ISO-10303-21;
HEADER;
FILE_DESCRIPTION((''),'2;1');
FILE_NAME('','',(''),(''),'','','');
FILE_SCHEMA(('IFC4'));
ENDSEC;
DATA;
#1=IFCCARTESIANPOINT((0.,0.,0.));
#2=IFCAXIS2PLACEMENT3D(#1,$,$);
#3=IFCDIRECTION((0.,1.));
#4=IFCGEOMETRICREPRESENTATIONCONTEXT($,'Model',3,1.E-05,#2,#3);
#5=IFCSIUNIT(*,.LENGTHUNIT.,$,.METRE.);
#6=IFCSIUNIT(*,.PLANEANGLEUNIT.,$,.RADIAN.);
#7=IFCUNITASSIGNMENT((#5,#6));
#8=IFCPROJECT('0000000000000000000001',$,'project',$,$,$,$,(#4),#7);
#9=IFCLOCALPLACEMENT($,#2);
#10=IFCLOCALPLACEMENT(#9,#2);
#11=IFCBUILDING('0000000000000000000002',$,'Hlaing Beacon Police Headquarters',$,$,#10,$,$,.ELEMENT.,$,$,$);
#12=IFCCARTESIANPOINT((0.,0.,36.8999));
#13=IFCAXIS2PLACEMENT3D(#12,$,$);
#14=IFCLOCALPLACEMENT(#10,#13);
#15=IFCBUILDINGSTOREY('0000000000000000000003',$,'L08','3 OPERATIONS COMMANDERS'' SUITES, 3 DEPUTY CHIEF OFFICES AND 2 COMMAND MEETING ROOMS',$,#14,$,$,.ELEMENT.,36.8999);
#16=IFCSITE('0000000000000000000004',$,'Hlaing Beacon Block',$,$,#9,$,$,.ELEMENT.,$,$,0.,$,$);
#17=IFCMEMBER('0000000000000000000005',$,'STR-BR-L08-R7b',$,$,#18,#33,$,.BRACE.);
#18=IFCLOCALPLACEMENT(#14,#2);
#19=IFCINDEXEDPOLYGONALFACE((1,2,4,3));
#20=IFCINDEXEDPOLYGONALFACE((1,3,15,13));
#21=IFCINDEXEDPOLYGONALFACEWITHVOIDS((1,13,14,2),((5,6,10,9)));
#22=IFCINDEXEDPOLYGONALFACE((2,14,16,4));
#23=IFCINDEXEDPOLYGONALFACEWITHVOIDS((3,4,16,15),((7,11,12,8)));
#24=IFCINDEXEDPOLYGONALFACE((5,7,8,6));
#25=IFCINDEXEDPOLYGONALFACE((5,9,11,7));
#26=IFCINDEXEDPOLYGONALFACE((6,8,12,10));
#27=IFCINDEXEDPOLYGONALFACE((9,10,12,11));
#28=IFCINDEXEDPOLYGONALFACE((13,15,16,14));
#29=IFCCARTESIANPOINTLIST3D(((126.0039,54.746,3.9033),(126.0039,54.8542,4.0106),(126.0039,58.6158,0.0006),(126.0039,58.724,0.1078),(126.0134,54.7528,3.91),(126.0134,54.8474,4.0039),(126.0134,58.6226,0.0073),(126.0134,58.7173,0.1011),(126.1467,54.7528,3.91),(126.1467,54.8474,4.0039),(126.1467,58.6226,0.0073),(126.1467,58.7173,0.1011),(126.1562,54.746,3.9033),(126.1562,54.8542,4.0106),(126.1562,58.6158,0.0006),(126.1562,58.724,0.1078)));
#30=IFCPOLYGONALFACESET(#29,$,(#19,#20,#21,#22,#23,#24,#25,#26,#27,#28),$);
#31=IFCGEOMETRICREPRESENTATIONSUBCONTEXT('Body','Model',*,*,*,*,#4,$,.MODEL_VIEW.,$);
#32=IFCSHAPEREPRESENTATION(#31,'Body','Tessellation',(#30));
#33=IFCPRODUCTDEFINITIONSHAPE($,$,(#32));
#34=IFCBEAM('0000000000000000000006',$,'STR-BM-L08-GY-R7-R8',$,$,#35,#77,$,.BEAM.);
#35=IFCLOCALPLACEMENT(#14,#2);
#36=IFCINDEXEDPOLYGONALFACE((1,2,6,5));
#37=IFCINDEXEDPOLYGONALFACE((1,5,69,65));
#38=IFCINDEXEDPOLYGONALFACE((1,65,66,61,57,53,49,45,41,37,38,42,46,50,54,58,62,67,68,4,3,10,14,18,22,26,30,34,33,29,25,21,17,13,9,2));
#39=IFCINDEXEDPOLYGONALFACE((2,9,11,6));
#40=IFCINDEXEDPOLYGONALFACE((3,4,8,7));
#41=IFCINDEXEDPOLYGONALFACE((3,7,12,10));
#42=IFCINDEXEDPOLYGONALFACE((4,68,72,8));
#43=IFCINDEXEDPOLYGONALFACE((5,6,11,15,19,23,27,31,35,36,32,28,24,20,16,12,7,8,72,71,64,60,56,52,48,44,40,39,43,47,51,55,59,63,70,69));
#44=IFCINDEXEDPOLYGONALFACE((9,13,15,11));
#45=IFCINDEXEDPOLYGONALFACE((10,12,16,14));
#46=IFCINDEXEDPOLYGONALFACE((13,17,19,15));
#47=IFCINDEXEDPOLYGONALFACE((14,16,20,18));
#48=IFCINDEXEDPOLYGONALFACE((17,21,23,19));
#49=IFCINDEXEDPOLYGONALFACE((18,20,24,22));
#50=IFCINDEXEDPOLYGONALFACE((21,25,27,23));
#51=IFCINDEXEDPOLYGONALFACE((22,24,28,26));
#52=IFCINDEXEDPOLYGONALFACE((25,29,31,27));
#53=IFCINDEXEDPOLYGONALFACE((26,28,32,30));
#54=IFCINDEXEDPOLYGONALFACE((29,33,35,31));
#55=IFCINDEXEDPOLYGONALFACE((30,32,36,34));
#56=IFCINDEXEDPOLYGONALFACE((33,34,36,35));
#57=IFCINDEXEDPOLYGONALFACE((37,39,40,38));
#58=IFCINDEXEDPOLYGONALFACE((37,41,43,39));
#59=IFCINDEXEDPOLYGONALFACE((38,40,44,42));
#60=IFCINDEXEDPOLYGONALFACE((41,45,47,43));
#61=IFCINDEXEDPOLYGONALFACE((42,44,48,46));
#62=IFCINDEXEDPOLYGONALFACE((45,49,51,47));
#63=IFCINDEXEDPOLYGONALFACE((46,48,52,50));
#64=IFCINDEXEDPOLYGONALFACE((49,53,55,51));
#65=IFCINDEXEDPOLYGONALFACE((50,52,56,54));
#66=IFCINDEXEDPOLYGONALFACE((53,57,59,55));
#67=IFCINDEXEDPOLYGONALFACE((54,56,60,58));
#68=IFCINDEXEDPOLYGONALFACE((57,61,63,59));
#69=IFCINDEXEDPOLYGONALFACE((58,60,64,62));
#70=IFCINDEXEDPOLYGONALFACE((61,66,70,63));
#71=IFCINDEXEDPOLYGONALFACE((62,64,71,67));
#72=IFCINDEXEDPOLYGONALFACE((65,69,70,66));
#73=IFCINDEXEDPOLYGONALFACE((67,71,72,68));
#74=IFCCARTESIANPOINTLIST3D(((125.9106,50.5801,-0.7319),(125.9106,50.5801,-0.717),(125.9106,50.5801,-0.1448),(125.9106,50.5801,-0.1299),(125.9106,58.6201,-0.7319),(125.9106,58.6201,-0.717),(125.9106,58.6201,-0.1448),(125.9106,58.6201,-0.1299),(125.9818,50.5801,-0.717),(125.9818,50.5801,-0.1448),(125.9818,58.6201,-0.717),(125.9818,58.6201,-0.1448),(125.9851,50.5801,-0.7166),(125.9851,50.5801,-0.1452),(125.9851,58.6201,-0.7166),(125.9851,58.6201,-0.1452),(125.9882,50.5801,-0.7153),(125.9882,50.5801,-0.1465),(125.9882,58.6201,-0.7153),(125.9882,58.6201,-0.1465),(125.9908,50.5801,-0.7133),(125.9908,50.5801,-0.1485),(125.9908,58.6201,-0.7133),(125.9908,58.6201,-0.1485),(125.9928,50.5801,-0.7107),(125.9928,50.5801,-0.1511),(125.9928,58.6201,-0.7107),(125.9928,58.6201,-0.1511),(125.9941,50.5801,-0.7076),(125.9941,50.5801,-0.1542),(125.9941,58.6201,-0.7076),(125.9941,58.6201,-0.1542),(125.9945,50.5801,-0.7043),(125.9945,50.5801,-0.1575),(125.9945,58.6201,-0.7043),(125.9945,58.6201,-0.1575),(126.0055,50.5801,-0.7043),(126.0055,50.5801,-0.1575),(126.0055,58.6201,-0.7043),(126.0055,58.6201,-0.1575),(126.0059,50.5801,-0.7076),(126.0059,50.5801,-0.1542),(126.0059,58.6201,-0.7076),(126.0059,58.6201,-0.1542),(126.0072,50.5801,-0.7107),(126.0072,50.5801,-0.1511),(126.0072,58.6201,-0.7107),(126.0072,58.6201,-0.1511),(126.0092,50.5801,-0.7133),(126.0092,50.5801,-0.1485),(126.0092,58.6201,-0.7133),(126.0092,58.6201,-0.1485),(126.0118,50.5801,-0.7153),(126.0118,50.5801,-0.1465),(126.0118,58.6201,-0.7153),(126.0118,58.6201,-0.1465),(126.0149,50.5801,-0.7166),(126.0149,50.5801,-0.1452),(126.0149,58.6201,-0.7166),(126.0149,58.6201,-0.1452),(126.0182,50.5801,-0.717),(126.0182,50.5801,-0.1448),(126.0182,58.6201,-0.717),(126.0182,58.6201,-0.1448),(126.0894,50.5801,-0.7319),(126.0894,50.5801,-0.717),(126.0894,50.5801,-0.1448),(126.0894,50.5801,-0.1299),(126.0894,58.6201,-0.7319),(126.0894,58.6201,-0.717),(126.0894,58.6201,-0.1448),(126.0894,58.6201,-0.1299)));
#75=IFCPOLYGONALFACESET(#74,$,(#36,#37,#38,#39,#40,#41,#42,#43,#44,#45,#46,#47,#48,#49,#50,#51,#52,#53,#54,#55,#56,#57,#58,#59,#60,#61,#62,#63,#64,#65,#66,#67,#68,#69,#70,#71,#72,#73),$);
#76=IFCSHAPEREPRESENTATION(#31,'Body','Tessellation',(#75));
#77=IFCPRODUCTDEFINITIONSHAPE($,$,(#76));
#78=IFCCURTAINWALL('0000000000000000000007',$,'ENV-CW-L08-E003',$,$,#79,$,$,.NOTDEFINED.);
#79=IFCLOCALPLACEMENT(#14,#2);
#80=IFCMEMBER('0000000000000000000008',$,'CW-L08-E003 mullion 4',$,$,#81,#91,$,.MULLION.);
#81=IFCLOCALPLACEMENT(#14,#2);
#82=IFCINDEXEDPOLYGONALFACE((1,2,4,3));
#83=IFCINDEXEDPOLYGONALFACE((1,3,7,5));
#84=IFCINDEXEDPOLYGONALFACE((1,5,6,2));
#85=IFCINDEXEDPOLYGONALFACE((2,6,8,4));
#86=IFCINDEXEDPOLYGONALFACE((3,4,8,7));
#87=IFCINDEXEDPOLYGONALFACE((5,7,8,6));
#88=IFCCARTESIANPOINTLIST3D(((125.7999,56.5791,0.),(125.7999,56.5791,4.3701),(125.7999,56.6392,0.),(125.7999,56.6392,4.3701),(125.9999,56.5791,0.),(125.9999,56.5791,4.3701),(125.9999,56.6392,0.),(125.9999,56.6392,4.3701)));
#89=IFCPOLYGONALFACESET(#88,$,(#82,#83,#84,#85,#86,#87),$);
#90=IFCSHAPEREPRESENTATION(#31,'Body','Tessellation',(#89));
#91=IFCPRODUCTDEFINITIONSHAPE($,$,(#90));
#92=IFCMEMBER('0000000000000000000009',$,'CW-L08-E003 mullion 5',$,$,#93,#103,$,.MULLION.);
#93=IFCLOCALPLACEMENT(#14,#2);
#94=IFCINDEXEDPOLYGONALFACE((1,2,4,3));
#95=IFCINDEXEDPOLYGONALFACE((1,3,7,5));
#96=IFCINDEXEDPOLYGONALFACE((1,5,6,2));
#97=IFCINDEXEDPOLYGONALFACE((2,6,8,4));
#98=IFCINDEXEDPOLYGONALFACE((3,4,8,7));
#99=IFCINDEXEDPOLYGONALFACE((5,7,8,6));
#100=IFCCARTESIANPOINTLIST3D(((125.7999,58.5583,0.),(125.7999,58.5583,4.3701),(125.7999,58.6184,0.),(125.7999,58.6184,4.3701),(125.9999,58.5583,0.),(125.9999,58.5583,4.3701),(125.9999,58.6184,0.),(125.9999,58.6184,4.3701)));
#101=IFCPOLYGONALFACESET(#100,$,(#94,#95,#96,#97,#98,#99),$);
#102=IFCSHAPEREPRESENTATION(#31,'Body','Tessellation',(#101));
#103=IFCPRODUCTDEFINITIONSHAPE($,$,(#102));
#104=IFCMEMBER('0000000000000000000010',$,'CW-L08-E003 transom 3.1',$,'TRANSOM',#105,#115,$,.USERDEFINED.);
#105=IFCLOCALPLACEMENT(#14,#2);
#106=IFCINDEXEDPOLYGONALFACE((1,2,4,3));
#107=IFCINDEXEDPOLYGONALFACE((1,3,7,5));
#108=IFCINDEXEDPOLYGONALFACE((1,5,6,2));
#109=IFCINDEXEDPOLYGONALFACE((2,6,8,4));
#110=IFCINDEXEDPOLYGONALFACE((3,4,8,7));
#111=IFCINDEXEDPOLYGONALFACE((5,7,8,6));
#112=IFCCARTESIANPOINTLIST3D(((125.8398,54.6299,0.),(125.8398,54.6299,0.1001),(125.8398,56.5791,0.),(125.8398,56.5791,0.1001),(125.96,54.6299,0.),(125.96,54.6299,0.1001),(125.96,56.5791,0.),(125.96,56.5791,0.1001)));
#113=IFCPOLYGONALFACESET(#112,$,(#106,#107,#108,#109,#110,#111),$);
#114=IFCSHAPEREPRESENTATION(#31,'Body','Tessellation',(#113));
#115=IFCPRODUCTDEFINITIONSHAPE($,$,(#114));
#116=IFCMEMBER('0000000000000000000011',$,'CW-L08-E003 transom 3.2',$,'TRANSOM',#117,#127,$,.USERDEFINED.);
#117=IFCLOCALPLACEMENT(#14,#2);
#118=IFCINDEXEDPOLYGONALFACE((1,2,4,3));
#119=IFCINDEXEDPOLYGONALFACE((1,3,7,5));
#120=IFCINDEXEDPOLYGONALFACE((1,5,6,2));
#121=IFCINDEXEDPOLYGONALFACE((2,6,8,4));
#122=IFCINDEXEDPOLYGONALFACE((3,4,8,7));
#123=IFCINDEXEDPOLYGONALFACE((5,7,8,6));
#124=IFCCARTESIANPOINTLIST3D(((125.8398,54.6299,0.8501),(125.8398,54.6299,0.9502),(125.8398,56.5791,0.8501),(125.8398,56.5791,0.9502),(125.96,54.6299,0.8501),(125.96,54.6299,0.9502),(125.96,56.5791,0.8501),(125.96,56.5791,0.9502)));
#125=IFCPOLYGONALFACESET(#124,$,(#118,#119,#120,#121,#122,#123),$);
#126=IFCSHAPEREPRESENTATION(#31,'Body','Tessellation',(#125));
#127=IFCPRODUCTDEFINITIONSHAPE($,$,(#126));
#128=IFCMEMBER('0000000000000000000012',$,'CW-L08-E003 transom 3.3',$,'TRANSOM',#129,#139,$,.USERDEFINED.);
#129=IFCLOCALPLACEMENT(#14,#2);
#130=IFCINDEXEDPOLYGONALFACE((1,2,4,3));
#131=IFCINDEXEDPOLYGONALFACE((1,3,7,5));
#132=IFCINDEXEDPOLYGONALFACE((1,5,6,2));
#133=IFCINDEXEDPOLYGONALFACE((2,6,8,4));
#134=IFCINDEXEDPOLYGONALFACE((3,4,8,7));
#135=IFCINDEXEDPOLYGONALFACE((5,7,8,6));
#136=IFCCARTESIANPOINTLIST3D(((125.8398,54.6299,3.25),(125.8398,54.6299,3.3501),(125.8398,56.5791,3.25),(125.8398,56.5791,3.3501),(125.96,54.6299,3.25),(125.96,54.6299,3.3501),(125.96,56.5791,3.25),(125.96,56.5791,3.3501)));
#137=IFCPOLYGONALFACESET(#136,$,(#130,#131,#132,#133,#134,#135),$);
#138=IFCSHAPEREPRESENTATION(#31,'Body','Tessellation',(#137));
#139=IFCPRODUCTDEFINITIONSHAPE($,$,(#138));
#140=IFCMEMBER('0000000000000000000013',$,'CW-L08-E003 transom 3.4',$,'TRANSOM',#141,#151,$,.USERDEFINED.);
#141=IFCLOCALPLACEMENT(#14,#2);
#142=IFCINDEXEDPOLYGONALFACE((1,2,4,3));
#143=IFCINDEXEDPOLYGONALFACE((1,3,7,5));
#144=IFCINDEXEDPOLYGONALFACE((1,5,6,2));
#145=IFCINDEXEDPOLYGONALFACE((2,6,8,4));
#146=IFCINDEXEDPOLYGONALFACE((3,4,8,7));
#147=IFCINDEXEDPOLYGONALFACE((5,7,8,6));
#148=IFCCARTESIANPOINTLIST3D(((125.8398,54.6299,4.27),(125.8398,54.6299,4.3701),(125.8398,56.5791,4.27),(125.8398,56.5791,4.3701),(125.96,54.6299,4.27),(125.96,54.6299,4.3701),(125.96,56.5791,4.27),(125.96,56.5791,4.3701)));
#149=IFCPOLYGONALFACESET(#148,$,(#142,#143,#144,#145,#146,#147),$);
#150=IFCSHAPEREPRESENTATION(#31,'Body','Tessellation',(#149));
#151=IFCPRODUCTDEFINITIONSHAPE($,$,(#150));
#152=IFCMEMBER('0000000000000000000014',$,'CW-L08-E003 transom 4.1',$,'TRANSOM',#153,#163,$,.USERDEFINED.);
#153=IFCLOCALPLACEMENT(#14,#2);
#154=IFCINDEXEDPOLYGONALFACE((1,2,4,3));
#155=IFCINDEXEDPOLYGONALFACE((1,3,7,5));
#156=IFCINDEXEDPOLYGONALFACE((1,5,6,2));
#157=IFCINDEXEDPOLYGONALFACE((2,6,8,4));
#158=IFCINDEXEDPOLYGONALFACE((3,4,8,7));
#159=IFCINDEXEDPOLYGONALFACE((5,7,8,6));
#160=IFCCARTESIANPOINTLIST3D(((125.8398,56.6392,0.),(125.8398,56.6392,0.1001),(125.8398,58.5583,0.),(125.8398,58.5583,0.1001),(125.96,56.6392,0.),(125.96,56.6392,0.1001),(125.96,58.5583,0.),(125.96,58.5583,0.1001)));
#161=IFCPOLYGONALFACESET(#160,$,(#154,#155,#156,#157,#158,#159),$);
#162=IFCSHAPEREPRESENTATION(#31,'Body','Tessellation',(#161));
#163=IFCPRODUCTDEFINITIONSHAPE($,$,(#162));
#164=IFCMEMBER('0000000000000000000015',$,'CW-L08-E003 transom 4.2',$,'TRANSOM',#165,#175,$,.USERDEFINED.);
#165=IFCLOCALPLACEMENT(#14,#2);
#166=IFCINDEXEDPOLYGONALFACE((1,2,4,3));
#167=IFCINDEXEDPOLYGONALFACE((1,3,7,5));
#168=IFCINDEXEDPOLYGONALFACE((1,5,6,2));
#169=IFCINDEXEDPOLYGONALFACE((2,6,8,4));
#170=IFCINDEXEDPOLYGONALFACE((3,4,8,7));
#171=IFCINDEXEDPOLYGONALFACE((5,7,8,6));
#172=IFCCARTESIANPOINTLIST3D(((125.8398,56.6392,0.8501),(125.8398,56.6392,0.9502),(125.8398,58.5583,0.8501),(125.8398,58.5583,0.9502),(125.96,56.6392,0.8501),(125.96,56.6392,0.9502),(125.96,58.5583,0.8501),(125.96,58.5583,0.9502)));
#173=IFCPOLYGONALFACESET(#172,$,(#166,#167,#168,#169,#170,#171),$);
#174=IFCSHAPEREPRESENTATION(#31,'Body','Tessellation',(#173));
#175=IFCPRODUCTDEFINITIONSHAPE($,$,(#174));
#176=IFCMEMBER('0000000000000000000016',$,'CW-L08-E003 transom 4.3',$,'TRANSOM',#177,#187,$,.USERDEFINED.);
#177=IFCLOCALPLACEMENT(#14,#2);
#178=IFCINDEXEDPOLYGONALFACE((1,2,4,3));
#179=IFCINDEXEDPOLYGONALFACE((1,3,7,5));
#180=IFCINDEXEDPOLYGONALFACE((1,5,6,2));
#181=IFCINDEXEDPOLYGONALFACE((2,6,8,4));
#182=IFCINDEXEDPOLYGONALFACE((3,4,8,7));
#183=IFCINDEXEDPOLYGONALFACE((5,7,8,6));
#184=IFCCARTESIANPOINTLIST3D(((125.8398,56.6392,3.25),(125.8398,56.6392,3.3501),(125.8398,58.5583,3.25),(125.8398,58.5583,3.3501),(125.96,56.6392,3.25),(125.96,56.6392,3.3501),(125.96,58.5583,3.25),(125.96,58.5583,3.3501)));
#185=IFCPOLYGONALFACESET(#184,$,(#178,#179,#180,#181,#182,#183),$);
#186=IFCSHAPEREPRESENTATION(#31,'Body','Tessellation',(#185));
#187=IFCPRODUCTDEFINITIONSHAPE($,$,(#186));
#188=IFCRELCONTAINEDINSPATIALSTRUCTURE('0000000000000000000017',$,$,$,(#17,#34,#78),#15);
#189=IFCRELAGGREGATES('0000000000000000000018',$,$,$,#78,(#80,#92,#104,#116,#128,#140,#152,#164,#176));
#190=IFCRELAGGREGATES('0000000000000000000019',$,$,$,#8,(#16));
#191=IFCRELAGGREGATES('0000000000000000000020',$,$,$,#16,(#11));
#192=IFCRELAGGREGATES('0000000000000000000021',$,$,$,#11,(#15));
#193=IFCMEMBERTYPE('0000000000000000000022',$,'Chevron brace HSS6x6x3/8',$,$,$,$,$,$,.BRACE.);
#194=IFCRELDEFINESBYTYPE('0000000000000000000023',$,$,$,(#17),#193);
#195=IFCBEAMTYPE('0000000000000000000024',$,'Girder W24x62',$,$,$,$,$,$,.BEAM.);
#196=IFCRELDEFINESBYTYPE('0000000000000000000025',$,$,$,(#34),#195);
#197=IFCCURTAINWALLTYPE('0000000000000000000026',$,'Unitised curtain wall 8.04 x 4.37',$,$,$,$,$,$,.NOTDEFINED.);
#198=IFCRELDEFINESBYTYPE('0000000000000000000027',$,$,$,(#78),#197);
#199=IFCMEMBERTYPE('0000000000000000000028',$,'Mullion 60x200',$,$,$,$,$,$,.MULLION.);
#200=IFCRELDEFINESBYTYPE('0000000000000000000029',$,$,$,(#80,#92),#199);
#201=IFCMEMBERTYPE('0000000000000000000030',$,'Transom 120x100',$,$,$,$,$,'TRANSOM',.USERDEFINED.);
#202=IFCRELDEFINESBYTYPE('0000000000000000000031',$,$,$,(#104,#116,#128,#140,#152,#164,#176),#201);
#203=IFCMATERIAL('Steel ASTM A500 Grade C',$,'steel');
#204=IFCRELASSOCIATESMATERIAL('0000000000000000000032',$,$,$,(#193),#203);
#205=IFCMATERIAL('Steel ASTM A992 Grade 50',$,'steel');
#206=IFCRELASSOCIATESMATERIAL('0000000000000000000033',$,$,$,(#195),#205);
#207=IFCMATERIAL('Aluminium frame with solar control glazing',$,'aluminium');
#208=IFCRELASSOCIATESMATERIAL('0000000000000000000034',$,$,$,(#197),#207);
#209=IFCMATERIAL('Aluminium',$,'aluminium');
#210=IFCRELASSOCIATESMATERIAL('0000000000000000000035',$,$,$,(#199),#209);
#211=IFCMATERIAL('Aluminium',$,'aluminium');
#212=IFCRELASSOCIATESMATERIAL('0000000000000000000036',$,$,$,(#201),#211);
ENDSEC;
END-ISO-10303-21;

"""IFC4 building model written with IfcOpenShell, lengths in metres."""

from ifc_helpers import new_model, si_unit, direction, frame, origin, origin_2d, place, context, subcontext, project, spatial, rectangle, hollow_rectangle, i_section, extrude, material, material_profile, profile_set, type_object, element, aggregate, save


model = new_model("IFC4")

# Units and contexts
model_context = context("Model", 3, precision=1e-05, world=origin(), true_north=direction((0.0, 1.0)))
body_context = subcontext(model_context, "Body", "Model", "MODEL_VIEW")
ifc_project = project(units=[si_unit("LENGTHUNIT", "METRE"), si_unit("PLANEANGLEUNIT", "RADIAN")], contexts=[model_context])

# Site, building, storey
site_placement = place(None, origin())
site = spatial("IfcSite", under=ifc_project, at=site_placement, Name="Hlaing Beacon Block", CompositionType="ELEMENT", RefElevation=0.0)
building_placement = place(site_placement, origin())
building = spatial("IfcBuilding", under=site, at=building_placement, Name="Hlaing Beacon Police Headquarters", CompositionType="ELEMENT")
storey_placement = place(building_placement, frame((0.0, 0.0, 36.8999)))
storey = spatial("IfcBuildingStorey", under=building, at=storey_placement, Name="L08", Description="3 OPERATIONS COMMANDERS' SUITES, 3 DEPUTY CHIEF OFFICES AND 2 COMMAND MEETING ROOMS", CompositionType="ELEMENT", Elevation=36.8999)

# Member
ifc_material_1 = material(Name="Steel ASTM A500 Grade C", Category="steel")
ifc_material_profile_1 = material_profile(ifc_material_1, hollow_rectangle(XDim=0.1523, YDim=0.1523, WallThickness=0.0095, at=origin_2d()), Name="HSS6x6x3/8")
ifc_profile_set_1 = profile_set([ifc_material_profile_1], Name="Steel ASTM A500 Grade C")
member_type_1 = type_object("IfcMemberType", Name="Chevron brace HSS6x6x3/8", PredefinedType="BRACE", material=ifc_profile_set_1)
member_1_placement = place(storey_placement, frame((126.0801, 58.6699, 0.0542), z_axis=(0.0, -0.704102, 0.710099), x_axis=(1.0, 0.0, 0.0)))
element("IfcMember", 1, at=member_1_placement, inside=storey, type_object=member_type_1, Name="STR-BR-L08-R7b", PredefinedType="BRACE", context=body_context, shape_type="SweptSolid", body=[
    extrude(hollow_rectangle(XDim=0.1523, YDim=0.1523, WallThickness=0.0095, at=origin_2d()), origin(), (0.0, 0.0, 1.0), 5.4961),
])

# Beam
ifc_material_2 = material(Name="Steel ASTM A992 Grade 50", Category="steel")
ifc_material_profile_2 = material_profile(ifc_material_2, i_section(OverallWidth=0.1787, OverallDepth=0.6021, WebThickness=0.011, FlangeThickness=0.0149, FilletRadius=0.0127, at=origin_2d()), Name="W24x62")
ifc_profile_set_2 = profile_set([ifc_material_profile_2], Name="Steel ASTM A992 Grade 50")
beam_type = type_object("IfcBeamType", Name="Girder W24x62", PredefinedType="BEAM", material=ifc_profile_set_2)
beam_placement = place(storey_placement, frame((126.0, 50.5801, -0.4309), z_axis=(0.0, 1.0, 0.0), x_axis=(-1.0, 0.0, 0.0)))
element("IfcBeam", 2, at=beam_placement, inside=storey, type_object=beam_type, Name="STR-BM-L08-GY-R7-R8", PredefinedType="BEAM", context=body_context, shape_type="SweptSolid", body=[
    extrude(i_section(OverallWidth=0.1787, OverallDepth=0.6021, WebThickness=0.011, FlangeThickness=0.0149, FilletRadius=0.0127, at=origin_2d()), origin(), (0.0, 0.0, 1.0), 8.04),
])

# Curtain wall, members
ifc_material_3 = material(Name="Aluminium frame with solar control glazing", Category="aluminium")
curtain_wall_type = type_object("IfcCurtainWallType", Name="Unitised curtain wall 8.04 x 4.37", PredefinedType="NOTDEFINED", material=ifc_material_3)
curtain_wall_placement = place(storey_placement, origin())
curtain_wall = element("IfcCurtainWall", 3, at=curtain_wall_placement, inside=storey, type_object=curtain_wall_type, Name="ENV-CW-L08-E003", PredefinedType="NOTDEFINED")
ifc_material_4 = material(Name="Aluminium", Category="aluminium")
ifc_material_profile_3 = material_profile(ifc_material_4, rectangle(XDim=0.2, YDim=0.0601, at=origin_2d()), Name="Mullion 60x200")
ifc_profile_set_3 = profile_set([ifc_material_profile_3], Name="Aluminium")
member_type_2 = type_object("IfcMemberType", Name="Mullion 60x200", PredefinedType="MULLION", material=ifc_profile_set_3)
member_2_placement = place(storey_placement, frame((125.8999, 56.6091, 0.0), z_axis=(0.0, 0.0, 1.0), x_axis=(-1.0, 0.0, 0.0)))
member_2 = element("IfcMember", 4, at=member_2_placement, type_object=member_type_2, Name="CW-L08-E003 mullion 4", PredefinedType="MULLION", context=body_context, shape_type="SweptSolid", body=[
    extrude(rectangle(XDim=0.2, YDim=0.0601, at=origin_2d()), origin(), (0.0, 0.0, 1.0), 4.3701),
])
member_3_placement = place(storey_placement, frame((125.8999, 58.5884, 0.0), z_axis=(0.0, 0.0, 1.0), x_axis=(-1.0, 0.0, 0.0)))
member_3 = element("IfcMember", 5, at=member_3_placement, type_object=member_type_2, Name="CW-L08-E003 mullion 5", PredefinedType="MULLION", context=body_context, shape_type="SweptSolid", body=[
    extrude(rectangle(XDim=0.2, YDim=0.0601, at=origin_2d()), origin(), (0.0, 0.0, 1.0), 4.3701),
])
ifc_material_5 = material(Name="Aluminium", Category="aluminium")
ifc_material_profile_4 = material_profile(ifc_material_5, rectangle(XDim=0.1201, YDim=0.1001, at=origin_2d()), Name="Transom 120x100")
ifc_profile_set_4 = profile_set([ifc_material_profile_4], Name="Aluminium")
member_type_3 = type_object("IfcMemberType", Name="Transom 120x100", ElementType="TRANSOM", PredefinedType="USERDEFINED", material=ifc_profile_set_4)
member_4_placement = place(storey_placement, frame((125.8999, 54.6299, 0.05), z_axis=(0.0, 1.0, 0.0), x_axis=(-1.0, 0.0, 0.0)))
member_4 = element("IfcMember", 6, at=member_4_placement, type_object=member_type_3, Name="CW-L08-E003 transom 3.1", ObjectType="TRANSOM", PredefinedType="USERDEFINED", context=body_context, shape_type="SweptSolid", body=[
    extrude(rectangle(XDim=0.1201, YDim=0.1001, at=origin_2d()), origin(), (0.0, 0.0, 1.0), 1.9492),
])
member_5_placement = place(storey_placement, frame((125.8999, 54.6299, 0.9001), z_axis=(0.0, 1.0, 0.0), x_axis=(-1.0, 0.0, 0.0)))
member_5 = element("IfcMember", 7, at=member_5_placement, type_object=member_type_3, Name="CW-L08-E003 transom 3.2", ObjectType="TRANSOM", PredefinedType="USERDEFINED", context=body_context, shape_type="SweptSolid", body=[
    extrude(rectangle(XDim=0.1201, YDim=0.1001, at=origin_2d()), origin(), (0.0, 0.0, 1.0), 1.9492),
])
member_6_placement = place(storey_placement, frame((125.8999, 54.6299, 3.3), z_axis=(0.0, 1.0, 0.0), x_axis=(-1.0, 0.0, 0.0)))
member_6 = element("IfcMember", 8, at=member_6_placement, type_object=member_type_3, Name="CW-L08-E003 transom 3.3", ObjectType="TRANSOM", PredefinedType="USERDEFINED", context=body_context, shape_type="SweptSolid", body=[
    extrude(rectangle(XDim=0.1201, YDim=0.1001, at=origin_2d()), origin(), (0.0, 0.0, 1.0), 1.9492),
])
member_7_placement = place(storey_placement, frame((125.8999, 54.6299, 4.3201), z_axis=(0.0, 1.0, 0.0), x_axis=(-1.0, 0.0, 0.0)))
member_7 = element("IfcMember", 9, at=member_7_placement, type_object=member_type_3, Name="CW-L08-E003 transom 3.4", ObjectType="TRANSOM", PredefinedType="USERDEFINED", context=body_context, shape_type="SweptSolid", body=[
    extrude(rectangle(XDim=0.1201, YDim=0.1001, at=origin_2d()), origin(), (0.0, 0.0, 1.0), 1.9492),
])
member_8_placement = place(storey_placement, frame((125.8999, 56.6392, 0.05), z_axis=(0.0, 1.0, 0.0), x_axis=(-1.0, 0.0, 0.0)))
member_8 = element("IfcMember", 10, at=member_8_placement, type_object=member_type_3, Name="CW-L08-E003 transom 4.1", ObjectType="TRANSOM", PredefinedType="USERDEFINED", context=body_context, shape_type="SweptSolid", body=[
    extrude(rectangle(XDim=0.1201, YDim=0.1001, at=origin_2d()), origin(), (0.0, 0.0, 1.0), 1.9192),
])
member_9_placement = place(storey_placement, frame((125.8999, 56.6392, 0.9001), z_axis=(0.0, 1.0, 0.0), x_axis=(-1.0, 0.0, 0.0)))
member_9 = element("IfcMember", 11, at=member_9_placement, type_object=member_type_3, Name="CW-L08-E003 transom 4.2", ObjectType="TRANSOM", PredefinedType="USERDEFINED", context=body_context, shape_type="SweptSolid", body=[
    extrude(rectangle(XDim=0.1201, YDim=0.1001, at=origin_2d()), origin(), (0.0, 0.0, 1.0), 1.9192),
])
member_10_placement = place(storey_placement, frame((125.8999, 56.6392, 3.3), z_axis=(0.0, 1.0, 0.0), x_axis=(-1.0, 0.0, 0.0)))
member_10 = element("IfcMember", 12, at=member_10_placement, type_object=member_type_3, Name="CW-L08-E003 transom 4.3", ObjectType="TRANSOM", PredefinedType="USERDEFINED", context=body_context, shape_type="SweptSolid", body=[
    extrude(rectangle(XDim=0.1201, YDim=0.1001, at=origin_2d()), origin(), (0.0, 0.0, 1.0), 1.9192),
])
aggregate(curtain_wall, [member_2, member_3, member_4, member_5, member_6, member_7, member_8, member_9, member_10])

save(model, "model.ifc")
